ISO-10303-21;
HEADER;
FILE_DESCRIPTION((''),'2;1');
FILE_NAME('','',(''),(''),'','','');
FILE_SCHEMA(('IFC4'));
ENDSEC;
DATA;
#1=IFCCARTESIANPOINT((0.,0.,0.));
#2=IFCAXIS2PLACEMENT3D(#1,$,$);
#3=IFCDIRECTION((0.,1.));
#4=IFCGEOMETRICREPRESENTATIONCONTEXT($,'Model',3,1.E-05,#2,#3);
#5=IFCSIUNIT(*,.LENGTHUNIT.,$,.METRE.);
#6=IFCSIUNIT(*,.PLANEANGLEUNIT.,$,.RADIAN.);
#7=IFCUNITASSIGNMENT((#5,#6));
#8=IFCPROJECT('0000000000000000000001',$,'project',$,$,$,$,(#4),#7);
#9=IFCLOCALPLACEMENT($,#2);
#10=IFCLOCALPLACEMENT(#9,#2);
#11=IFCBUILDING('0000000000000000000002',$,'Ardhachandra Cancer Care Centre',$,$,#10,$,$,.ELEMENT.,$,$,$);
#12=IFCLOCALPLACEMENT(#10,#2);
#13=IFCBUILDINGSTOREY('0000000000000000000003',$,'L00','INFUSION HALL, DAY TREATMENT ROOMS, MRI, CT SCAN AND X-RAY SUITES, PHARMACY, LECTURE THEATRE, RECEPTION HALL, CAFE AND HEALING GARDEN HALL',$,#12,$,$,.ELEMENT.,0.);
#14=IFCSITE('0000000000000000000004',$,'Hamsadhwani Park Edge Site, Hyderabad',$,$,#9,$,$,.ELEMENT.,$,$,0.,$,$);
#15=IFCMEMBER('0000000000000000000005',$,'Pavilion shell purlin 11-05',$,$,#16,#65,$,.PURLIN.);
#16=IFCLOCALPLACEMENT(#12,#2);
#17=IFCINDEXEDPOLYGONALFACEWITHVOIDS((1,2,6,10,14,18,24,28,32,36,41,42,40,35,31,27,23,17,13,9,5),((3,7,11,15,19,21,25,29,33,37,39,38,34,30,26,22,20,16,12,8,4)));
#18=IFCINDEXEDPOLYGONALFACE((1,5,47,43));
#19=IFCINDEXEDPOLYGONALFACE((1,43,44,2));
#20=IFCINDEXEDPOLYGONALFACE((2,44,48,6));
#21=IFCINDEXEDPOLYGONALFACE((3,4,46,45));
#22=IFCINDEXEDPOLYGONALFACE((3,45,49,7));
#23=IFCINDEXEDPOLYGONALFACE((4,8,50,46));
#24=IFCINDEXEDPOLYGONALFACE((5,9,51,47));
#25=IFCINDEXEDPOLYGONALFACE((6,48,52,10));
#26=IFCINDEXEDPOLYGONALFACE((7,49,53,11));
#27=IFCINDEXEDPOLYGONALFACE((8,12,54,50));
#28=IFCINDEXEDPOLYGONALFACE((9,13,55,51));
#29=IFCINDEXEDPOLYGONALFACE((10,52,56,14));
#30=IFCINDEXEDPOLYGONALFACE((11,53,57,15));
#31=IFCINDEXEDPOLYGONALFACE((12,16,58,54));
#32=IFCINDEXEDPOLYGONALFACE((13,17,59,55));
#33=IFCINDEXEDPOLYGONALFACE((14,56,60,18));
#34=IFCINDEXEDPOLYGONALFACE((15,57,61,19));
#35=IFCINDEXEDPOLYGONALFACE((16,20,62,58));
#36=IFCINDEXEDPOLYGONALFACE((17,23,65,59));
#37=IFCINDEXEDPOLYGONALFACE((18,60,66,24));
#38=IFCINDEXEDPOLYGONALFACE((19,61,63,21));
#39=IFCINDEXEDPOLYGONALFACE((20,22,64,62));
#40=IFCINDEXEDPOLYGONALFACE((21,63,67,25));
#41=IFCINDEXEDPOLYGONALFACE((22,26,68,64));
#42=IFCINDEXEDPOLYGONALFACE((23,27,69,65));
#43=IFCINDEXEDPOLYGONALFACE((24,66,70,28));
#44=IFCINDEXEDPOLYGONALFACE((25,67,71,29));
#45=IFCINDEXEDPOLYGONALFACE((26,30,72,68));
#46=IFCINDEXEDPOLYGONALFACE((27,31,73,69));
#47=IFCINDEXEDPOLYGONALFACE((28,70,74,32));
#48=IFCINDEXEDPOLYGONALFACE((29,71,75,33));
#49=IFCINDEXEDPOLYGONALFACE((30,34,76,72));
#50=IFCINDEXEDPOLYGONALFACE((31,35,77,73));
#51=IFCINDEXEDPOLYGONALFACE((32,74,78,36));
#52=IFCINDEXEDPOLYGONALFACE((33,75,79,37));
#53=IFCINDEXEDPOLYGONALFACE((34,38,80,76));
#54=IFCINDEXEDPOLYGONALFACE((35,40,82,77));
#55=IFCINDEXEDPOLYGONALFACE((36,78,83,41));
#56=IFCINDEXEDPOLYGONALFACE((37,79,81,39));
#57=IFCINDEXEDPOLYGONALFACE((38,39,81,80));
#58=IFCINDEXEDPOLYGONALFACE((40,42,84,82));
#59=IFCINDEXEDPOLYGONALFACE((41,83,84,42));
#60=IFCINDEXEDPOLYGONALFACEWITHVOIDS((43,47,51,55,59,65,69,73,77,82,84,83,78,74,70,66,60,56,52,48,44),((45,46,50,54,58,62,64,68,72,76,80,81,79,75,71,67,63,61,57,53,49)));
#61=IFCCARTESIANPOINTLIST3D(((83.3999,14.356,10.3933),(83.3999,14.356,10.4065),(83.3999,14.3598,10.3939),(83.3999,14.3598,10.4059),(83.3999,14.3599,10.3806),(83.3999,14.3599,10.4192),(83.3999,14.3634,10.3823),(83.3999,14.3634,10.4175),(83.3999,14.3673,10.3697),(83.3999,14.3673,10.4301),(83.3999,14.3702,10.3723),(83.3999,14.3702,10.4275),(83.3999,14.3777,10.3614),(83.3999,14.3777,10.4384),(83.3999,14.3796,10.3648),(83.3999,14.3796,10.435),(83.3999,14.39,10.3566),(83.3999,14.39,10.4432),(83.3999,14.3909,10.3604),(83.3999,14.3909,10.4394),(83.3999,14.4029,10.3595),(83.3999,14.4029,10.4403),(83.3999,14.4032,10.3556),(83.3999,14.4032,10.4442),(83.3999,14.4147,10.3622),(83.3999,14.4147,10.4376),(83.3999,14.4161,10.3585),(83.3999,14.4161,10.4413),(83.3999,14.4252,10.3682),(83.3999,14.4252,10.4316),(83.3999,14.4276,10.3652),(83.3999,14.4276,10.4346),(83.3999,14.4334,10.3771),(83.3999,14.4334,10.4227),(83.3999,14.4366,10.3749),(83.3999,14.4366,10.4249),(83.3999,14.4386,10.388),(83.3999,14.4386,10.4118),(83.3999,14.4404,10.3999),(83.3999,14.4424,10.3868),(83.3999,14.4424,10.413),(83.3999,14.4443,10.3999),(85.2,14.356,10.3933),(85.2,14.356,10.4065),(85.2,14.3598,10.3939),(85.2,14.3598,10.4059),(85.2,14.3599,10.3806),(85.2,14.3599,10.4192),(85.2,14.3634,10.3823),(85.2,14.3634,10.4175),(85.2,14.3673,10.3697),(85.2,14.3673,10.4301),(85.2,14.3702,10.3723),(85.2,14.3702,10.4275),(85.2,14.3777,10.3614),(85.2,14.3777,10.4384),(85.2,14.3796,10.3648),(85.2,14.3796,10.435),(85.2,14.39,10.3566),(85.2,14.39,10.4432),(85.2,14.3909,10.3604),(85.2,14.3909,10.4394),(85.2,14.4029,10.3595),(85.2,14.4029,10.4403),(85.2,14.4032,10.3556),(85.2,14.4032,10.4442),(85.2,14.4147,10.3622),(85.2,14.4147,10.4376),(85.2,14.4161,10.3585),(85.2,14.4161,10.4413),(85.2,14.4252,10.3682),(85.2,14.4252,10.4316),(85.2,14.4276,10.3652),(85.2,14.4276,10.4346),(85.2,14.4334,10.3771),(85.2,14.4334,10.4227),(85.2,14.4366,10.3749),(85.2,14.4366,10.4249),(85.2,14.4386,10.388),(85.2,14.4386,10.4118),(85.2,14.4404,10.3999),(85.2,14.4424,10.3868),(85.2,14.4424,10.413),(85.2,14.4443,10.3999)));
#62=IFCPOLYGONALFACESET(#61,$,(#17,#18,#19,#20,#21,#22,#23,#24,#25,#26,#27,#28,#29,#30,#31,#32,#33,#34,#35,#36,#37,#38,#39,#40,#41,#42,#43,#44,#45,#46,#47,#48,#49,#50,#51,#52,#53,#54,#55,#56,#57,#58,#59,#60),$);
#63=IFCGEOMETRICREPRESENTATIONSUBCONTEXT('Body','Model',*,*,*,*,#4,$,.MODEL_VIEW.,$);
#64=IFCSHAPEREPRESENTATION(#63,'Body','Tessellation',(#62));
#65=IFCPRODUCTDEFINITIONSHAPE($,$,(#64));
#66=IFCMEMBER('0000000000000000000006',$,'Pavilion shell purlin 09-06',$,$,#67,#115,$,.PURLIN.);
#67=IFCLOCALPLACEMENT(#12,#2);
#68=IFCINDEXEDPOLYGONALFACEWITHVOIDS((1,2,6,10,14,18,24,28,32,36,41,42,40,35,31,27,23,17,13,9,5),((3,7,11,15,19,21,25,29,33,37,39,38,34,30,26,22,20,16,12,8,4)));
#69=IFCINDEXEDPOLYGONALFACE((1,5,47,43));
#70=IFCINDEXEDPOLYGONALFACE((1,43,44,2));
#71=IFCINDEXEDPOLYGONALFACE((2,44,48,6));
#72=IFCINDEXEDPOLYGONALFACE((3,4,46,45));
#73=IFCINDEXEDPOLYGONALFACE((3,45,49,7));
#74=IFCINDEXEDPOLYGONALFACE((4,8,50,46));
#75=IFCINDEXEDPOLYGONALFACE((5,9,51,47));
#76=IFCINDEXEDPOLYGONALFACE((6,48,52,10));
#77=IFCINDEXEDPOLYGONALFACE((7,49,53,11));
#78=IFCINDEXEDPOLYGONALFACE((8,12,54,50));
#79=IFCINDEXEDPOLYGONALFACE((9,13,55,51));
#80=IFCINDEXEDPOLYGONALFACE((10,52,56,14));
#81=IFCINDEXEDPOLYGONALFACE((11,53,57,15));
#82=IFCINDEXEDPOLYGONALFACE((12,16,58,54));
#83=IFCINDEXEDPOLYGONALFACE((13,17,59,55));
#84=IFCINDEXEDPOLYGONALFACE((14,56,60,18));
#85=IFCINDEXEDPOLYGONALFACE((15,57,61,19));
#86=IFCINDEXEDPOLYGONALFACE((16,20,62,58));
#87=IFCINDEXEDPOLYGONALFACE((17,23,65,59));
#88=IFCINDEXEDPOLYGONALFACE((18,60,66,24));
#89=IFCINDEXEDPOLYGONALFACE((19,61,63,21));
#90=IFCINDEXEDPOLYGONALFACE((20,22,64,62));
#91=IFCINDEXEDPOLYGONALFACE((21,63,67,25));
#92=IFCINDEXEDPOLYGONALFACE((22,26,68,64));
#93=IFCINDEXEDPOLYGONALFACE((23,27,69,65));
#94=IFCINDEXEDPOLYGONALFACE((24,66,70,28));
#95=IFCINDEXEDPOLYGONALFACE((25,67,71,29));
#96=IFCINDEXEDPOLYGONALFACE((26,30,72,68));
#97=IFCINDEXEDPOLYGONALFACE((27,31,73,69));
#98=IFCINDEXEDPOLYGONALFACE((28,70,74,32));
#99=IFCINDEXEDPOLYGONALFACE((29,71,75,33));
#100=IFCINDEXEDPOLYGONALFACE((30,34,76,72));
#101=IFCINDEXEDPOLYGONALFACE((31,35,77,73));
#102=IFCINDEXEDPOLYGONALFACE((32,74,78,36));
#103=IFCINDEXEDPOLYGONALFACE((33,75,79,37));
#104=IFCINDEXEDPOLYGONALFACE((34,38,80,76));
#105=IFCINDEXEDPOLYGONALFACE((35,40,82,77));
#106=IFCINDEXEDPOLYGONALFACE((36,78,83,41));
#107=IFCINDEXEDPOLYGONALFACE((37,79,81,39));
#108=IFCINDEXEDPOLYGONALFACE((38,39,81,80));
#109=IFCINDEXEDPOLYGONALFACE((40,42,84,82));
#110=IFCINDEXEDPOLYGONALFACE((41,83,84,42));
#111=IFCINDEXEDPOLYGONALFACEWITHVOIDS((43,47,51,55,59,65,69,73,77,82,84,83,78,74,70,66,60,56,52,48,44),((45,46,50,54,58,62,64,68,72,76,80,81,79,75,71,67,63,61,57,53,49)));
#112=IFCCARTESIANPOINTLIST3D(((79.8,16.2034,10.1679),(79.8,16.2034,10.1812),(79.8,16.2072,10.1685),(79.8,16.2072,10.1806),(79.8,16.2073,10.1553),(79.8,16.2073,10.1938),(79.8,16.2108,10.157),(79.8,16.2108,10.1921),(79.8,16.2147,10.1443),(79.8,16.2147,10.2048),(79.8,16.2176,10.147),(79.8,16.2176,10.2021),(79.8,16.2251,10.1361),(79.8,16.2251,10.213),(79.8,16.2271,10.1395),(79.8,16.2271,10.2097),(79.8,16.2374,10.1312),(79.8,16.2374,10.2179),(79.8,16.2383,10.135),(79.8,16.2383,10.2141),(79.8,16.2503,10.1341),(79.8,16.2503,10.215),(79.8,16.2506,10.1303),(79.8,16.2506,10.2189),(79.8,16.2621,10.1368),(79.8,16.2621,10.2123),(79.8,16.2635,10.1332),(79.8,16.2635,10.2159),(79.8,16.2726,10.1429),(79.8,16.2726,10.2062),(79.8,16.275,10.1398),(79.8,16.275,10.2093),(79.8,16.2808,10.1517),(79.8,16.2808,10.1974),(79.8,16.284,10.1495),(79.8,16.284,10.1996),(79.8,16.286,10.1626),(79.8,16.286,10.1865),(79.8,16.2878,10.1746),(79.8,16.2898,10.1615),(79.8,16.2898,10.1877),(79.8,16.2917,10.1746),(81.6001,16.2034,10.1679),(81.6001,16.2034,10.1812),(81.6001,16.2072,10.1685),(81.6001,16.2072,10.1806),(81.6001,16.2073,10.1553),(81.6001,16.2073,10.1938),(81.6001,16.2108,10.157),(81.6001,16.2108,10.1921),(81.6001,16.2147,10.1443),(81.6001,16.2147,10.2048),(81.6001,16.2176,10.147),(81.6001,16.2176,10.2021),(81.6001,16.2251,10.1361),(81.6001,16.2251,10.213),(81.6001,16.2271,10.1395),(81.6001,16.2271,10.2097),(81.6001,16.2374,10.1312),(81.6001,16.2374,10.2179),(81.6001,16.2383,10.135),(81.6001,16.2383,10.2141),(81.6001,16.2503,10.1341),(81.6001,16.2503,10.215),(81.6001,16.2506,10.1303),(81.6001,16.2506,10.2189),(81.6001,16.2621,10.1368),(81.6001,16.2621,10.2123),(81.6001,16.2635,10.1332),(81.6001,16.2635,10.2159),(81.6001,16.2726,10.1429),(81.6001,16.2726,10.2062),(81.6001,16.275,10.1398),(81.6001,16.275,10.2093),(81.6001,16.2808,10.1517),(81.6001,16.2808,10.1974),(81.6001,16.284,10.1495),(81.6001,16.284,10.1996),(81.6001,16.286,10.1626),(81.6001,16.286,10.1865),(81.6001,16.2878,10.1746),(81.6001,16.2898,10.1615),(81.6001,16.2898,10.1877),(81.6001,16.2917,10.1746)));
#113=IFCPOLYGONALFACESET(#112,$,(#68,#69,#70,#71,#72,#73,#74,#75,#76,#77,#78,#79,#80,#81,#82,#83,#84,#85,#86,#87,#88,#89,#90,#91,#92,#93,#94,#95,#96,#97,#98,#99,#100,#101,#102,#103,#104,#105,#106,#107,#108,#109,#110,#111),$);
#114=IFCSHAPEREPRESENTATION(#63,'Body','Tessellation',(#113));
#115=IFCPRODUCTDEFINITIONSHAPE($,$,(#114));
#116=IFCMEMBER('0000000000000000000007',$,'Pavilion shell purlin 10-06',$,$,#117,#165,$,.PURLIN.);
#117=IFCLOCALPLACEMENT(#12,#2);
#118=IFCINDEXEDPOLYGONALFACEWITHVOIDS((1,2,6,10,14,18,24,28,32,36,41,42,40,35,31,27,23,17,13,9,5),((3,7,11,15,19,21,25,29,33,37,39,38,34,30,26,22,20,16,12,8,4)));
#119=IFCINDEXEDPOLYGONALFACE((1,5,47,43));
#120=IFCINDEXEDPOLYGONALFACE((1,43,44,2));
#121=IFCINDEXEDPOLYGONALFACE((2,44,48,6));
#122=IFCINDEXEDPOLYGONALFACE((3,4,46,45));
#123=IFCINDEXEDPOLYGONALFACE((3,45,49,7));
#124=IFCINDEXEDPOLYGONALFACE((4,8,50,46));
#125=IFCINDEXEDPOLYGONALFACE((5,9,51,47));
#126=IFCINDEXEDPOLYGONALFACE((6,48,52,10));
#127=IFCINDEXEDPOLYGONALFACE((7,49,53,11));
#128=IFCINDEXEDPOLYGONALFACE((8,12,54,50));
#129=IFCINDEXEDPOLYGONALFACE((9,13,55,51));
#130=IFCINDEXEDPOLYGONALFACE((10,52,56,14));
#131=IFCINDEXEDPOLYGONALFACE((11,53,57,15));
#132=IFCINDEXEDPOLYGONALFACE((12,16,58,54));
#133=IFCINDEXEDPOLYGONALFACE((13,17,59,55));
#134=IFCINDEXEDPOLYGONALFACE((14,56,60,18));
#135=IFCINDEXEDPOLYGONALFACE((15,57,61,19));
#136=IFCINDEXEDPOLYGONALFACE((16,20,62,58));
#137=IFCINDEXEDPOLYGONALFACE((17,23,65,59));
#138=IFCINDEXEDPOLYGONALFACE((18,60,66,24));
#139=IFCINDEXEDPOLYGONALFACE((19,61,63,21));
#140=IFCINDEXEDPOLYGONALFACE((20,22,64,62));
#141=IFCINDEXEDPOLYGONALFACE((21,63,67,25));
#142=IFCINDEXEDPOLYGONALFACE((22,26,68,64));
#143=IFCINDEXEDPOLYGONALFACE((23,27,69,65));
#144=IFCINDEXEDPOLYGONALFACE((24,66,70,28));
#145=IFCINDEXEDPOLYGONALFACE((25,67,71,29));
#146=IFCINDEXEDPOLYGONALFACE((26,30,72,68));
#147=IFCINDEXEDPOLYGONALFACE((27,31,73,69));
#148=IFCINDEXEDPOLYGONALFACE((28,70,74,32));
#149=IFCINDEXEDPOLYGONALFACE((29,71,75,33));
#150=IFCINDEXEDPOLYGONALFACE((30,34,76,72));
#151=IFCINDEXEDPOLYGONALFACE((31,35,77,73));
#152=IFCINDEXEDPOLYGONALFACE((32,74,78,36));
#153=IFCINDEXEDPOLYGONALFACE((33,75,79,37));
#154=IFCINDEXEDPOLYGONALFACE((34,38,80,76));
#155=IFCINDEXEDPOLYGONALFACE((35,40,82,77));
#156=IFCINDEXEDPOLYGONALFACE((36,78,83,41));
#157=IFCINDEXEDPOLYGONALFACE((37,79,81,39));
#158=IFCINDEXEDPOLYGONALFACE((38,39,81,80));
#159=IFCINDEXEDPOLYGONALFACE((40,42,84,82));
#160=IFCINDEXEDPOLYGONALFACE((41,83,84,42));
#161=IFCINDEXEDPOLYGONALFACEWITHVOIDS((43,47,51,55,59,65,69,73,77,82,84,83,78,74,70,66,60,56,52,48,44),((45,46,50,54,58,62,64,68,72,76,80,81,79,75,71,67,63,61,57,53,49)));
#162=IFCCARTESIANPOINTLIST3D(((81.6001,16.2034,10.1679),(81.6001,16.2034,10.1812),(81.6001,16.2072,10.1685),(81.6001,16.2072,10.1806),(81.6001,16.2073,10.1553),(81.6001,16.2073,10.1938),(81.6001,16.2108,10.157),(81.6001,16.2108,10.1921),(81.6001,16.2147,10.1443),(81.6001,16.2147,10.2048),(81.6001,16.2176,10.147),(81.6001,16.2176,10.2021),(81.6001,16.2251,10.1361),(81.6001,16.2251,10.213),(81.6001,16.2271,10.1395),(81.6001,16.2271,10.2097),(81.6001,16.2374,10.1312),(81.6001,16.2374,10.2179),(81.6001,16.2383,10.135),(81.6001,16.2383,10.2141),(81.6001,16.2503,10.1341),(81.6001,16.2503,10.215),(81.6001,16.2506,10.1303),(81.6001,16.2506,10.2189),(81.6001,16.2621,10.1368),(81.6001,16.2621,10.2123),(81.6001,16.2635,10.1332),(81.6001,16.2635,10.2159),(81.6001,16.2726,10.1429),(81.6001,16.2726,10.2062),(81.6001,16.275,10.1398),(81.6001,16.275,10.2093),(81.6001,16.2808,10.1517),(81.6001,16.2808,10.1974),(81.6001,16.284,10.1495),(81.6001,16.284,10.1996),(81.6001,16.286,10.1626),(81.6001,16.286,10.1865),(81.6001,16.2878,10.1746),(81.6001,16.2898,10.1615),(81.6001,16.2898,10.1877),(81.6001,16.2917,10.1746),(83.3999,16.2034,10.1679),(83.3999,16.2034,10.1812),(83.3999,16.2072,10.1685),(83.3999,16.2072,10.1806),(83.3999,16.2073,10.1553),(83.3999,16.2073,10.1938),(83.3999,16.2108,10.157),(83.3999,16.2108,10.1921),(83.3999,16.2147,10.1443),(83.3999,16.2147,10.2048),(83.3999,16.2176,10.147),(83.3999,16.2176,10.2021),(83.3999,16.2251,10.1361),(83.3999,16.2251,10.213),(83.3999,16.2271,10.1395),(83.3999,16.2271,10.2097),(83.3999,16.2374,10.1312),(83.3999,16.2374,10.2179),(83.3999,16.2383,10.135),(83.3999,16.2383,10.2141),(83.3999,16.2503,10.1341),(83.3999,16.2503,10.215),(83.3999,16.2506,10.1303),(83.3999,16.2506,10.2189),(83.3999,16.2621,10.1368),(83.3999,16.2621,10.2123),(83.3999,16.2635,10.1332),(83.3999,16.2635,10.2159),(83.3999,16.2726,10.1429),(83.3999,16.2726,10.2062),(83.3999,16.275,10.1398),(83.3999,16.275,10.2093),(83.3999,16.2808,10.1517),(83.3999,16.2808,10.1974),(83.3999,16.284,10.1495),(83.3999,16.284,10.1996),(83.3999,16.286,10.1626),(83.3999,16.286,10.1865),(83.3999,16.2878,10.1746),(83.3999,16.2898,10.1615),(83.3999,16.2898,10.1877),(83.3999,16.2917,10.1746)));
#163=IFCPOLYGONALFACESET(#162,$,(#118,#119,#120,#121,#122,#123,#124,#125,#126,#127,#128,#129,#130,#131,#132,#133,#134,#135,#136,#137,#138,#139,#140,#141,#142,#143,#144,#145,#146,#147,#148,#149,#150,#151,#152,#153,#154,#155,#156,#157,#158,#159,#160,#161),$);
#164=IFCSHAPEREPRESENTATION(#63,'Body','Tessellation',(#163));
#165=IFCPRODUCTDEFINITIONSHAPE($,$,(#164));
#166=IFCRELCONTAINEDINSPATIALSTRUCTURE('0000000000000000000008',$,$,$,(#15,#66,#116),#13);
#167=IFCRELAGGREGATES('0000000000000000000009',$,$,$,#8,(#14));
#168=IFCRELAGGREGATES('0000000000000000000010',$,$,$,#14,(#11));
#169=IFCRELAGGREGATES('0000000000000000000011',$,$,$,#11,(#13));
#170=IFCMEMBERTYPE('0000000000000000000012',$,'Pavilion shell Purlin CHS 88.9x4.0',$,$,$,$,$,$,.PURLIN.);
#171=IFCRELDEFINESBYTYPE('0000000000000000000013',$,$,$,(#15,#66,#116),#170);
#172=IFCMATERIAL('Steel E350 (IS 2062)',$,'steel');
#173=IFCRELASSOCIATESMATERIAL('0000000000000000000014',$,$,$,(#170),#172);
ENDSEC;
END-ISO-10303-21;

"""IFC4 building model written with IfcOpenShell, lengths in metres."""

from ifc_helpers import new_model, si_unit, direction, frame, origin, origin_2d, place, context, subcontext, project, spatial, hollow_circle, extrude, material, material_profile, profile_set, type_object, element, save


model = new_model("IFC4")

# Units and contexts
model_context = context("Model", 3, precision=1e-05, world=origin(), true_north=direction((0.0, 1.0)))
body_context = subcontext(model_context, "Body", "Model", "MODEL_VIEW")
ifc_project = project(units=[si_unit("LENGTHUNIT", "METRE"), si_unit("PLANEANGLEUNIT", "RADIAN")], contexts=[model_context])

# Site, building, storey
site_placement = place(None, origin())
site = spatial("IfcSite", under=ifc_project, at=site_placement, Name="Hamsadhwani Park Edge Site, Hyderabad", CompositionType="ELEMENT", RefElevation=0.0)
building_placement = place(site_placement, origin())
building = spatial("IfcBuilding", under=site, at=building_placement, Name="Ardhachandra Cancer Care Centre", CompositionType="ELEMENT")
storey_placement = place(building_placement, origin())
storey = spatial("IfcBuildingStorey", under=building, at=storey_placement, Name="L00", Description="INFUSION HALL, DAY TREATMENT ROOMS, MRI, CT SCAN AND X-RAY SUITES, PHARMACY, LECTURE THEATRE, RECEPTION HALL, CAFE AND HEALING GARDEN HALL", CompositionType="ELEMENT", Elevation=0.0)

# Members
ifc_material_1 = material(Name="Steel E350 (IS 2062)", Category="steel")
ifc_material_profile_1 = material_profile(ifc_material_1, hollow_circle(Radius=0.0444, WallThickness=0.0039, at=origin_2d()), Name="CHS 88.9x4.0")
ifc_profile_set_1 = profile_set([ifc_material_profile_1], Name="Steel E350 (IS 2062)")
member_type_1 = type_object("IfcMemberType", Name="Pavilion shell Purlin CHS 88.9x4.0", PredefinedType="PURLIN", material=ifc_profile_set_1)
for number, where, z_axis, x_axis, name in (
    (1, (83.3999, 14.3999, 10.3999), (1.0, 0.0, 0.0), (0.0, 1.0, 0.0), "Pavilion shell purlin 11-05"),
    (2, (79.8, 16.2473, 10.1746), (1.0, 0.0, 0.0), (0.0, 1.0, 0.0), "Pavilion shell purlin 09-06"),
):
    element("IfcMember", number, at=place(storey_placement, frame(where, z_axis=z_axis, x_axis=x_axis)), inside=storey, type_object=member_type_1, Name=name, PredefinedType="PURLIN", context=body_context, shape_type="SweptSolid", body=[
        extrude(hollow_circle(Radius=0.0444, WallThickness=0.0039, at=origin_2d()), origin(), (0.0, 0.0, 1.0), 1.8),
    ])
member_1_placement = place(storey_placement, frame((81.6001, 16.2473, 10.1746), z_axis=(1.0, 0.0, 0.0), x_axis=(0.0, 1.0, 0.0)))
element("IfcMember", 3, at=member_1_placement, inside=storey, type_object=member_type_1, Name="Pavilion shell purlin 10-06", PredefinedType="PURLIN", context=body_context, shape_type="SweptSolid", body=[
    extrude(hollow_circle(Radius=0.0444, WallThickness=0.0039, at=origin_2d()), origin(), (0.0, 0.0, 1.0), 1.7998),
])

save(model, "model.ifc")
